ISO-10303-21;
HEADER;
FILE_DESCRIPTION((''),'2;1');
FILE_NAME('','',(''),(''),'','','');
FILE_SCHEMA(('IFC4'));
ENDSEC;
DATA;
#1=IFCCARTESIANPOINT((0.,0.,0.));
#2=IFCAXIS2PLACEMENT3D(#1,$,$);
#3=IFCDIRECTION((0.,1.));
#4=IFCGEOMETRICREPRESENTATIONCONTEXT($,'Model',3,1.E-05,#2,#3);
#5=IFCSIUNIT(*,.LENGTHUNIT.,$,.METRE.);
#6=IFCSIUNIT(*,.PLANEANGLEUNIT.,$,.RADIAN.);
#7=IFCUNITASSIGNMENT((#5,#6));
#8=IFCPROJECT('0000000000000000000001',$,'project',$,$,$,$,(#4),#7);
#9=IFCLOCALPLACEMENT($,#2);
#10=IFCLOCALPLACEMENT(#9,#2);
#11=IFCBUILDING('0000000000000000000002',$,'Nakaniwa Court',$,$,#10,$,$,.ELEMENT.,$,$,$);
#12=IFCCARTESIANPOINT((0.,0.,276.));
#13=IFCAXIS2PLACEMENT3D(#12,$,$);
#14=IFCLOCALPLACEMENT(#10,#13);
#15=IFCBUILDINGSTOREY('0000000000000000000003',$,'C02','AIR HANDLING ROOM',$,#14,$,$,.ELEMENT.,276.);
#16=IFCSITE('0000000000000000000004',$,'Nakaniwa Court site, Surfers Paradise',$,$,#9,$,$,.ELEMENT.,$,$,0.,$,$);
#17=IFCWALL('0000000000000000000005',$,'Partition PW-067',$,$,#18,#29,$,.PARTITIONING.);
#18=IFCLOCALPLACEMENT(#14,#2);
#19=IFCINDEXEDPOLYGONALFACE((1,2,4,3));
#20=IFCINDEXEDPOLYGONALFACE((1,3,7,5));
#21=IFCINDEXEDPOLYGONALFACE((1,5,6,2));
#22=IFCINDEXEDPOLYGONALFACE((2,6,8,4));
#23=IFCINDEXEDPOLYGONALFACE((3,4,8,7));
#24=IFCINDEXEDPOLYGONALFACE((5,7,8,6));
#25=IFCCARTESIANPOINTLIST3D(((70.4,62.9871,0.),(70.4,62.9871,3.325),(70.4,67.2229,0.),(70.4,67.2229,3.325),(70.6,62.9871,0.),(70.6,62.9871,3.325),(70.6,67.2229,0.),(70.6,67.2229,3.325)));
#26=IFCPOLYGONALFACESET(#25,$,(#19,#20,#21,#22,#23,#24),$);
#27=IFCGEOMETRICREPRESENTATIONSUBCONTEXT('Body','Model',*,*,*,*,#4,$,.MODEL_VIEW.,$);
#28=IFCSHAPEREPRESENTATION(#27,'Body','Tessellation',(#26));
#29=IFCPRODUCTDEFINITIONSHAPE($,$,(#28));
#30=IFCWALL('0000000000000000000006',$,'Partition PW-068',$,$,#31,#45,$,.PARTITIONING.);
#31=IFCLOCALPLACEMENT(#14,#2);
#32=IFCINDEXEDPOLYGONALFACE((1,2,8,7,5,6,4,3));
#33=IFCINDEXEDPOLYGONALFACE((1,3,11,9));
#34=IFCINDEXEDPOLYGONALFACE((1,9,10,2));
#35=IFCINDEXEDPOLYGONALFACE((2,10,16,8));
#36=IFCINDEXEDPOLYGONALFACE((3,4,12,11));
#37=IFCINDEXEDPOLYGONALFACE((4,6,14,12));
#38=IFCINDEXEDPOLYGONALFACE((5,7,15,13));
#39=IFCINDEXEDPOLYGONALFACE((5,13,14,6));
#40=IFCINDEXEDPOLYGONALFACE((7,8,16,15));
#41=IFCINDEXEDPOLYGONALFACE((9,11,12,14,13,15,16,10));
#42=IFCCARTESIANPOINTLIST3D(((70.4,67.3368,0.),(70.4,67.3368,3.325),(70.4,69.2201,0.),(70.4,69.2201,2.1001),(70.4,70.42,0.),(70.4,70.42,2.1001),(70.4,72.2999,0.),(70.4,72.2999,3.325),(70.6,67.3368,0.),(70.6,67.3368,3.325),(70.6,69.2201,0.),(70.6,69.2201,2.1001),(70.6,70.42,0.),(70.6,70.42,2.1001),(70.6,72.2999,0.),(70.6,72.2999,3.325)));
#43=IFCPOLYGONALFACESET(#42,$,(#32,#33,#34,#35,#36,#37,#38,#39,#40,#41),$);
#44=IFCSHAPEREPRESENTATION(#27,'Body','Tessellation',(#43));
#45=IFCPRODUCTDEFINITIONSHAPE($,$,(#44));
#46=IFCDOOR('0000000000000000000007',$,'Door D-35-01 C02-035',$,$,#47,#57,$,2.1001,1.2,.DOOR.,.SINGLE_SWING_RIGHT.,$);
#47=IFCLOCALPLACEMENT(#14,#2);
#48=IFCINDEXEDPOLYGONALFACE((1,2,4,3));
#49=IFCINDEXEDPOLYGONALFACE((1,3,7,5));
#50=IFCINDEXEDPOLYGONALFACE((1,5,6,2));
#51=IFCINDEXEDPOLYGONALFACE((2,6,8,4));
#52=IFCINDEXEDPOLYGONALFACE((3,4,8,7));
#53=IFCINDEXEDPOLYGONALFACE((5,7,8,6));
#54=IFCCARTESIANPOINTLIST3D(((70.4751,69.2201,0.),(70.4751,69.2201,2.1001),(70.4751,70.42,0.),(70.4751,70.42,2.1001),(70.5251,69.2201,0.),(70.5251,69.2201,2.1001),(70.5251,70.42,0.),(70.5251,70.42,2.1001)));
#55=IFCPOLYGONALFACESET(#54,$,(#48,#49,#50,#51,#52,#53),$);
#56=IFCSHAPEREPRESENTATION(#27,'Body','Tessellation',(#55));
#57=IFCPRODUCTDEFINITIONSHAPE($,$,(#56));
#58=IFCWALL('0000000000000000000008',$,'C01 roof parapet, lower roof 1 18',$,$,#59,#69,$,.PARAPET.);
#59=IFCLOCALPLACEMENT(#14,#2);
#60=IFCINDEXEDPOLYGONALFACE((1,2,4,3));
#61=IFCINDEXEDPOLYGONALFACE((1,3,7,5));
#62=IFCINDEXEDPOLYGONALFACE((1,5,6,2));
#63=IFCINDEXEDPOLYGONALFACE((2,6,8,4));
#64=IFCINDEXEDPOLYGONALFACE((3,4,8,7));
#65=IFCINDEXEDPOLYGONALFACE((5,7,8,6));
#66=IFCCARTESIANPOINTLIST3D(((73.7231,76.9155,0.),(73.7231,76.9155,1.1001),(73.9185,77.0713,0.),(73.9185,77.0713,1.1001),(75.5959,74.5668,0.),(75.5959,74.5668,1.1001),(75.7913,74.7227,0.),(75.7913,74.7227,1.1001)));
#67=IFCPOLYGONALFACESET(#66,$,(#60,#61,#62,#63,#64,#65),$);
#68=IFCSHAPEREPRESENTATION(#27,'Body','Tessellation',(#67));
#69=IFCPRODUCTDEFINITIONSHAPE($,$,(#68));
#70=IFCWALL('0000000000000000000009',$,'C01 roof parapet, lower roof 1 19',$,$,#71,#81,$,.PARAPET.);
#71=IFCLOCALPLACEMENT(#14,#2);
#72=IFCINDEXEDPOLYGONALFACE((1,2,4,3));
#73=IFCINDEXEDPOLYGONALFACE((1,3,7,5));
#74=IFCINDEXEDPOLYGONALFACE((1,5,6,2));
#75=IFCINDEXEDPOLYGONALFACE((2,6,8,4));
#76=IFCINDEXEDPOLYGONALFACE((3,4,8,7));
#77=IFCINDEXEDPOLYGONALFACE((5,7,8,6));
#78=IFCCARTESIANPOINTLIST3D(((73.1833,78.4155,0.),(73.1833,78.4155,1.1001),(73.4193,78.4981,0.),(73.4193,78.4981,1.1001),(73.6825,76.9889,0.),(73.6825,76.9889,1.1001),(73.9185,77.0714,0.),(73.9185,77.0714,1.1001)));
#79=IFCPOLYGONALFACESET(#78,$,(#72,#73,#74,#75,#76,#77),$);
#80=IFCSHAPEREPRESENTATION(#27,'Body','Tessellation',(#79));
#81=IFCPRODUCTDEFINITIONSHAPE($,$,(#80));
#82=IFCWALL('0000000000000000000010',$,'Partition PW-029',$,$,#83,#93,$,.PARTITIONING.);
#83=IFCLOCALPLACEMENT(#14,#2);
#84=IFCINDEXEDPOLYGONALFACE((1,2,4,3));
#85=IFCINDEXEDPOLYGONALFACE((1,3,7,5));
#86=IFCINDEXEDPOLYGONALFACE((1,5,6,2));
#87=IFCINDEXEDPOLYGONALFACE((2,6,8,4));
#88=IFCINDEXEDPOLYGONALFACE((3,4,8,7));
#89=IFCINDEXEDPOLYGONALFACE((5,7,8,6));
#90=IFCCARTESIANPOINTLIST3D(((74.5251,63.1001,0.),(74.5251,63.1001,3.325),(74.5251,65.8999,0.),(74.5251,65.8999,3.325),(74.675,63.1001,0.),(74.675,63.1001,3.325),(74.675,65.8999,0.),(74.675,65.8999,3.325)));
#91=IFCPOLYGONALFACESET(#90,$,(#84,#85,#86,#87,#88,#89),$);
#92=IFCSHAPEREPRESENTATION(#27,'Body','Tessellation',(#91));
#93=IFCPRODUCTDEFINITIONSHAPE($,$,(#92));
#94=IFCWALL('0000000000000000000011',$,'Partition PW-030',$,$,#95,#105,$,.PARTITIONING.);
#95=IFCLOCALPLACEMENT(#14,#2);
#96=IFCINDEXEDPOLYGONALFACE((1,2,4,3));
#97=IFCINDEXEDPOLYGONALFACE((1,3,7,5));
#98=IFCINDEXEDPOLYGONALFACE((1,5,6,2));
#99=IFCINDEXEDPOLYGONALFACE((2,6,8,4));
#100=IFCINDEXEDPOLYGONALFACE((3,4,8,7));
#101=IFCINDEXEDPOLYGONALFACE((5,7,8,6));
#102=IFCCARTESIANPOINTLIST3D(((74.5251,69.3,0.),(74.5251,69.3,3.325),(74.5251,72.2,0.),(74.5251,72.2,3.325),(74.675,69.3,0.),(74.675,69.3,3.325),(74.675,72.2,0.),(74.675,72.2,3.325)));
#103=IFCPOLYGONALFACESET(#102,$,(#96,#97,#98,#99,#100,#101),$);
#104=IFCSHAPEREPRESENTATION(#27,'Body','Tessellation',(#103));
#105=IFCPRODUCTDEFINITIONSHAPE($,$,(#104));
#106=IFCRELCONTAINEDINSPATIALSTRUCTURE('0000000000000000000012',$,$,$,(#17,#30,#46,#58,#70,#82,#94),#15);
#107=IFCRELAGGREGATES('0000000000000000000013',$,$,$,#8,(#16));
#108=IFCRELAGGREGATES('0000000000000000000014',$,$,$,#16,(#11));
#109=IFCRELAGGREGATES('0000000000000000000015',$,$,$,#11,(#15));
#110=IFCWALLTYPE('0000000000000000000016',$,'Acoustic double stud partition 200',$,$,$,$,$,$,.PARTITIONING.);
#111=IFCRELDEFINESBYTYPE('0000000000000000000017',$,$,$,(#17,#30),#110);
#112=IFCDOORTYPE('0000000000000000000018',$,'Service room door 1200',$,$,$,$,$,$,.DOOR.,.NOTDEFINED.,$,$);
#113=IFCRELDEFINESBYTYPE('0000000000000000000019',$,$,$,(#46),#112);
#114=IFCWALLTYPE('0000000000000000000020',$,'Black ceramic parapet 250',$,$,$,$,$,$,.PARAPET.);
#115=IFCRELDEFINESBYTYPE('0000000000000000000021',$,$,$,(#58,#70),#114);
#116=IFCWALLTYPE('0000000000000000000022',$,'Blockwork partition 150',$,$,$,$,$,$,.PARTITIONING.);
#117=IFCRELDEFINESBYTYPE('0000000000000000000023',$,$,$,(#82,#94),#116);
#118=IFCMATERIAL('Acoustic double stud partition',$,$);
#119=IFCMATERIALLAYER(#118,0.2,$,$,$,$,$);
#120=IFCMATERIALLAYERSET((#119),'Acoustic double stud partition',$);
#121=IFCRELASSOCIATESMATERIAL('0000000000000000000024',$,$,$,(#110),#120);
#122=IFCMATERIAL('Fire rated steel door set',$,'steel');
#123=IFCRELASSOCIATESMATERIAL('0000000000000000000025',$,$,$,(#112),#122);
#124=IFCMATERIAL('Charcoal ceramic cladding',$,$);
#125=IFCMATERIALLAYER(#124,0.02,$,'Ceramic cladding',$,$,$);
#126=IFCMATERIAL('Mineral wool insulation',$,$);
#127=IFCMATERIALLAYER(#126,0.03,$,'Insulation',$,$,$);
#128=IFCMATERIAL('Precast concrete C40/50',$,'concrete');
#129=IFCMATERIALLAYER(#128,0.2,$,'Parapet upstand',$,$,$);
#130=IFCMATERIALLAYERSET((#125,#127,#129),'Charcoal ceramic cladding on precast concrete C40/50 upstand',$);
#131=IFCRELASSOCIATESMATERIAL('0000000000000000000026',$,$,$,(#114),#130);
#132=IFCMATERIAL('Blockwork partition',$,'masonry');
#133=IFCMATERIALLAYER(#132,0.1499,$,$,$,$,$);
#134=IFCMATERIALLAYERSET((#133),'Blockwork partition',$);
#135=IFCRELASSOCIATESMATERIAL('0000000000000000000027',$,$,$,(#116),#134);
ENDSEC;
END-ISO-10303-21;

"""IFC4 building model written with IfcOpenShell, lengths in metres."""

from ifc_helpers import new_model, si_unit, direction, frame, frame_2d, origin, place, context, subcontext, project, spatial, rectangle, extrude, material, layer, layer_set, type_object, element, fill, save


model = new_model("IFC4")

# Units and contexts
model_context = context("Model", 3, precision=1e-05, world=origin(), true_north=direction((0.0, 1.0)))
body_context = subcontext(model_context, "Body", "Model", "MODEL_VIEW")
ifc_project = project(units=[si_unit("LENGTHUNIT", "METRE"), si_unit("PLANEANGLEUNIT", "RADIAN")], contexts=[model_context])

# Site, building, storey
site_placement = place(None, origin())
site = spatial("IfcSite", under=ifc_project, at=site_placement, Name="Nakaniwa Court site, Surfers Paradise", CompositionType="ELEMENT", RefElevation=0.0)
building_placement = place(site_placement, origin())
building = spatial("IfcBuilding", under=site, at=building_placement, Name="Nakaniwa Court", CompositionType="ELEMENT")
storey_placement = place(building_placement, frame((0.0, 0.0, 276.0)))
storey = spatial("IfcBuildingStorey", under=building, at=storey_placement, Name="C02", Description="AIR HANDLING ROOM", CompositionType="ELEMENT", Elevation=276.0)

# Wall
ifc_material_1 = material(Name="Acoustic double stud partition")
ifc_layer_1 = layer(ifc_material_1, 0.2)
ifc_layer_set_1 = layer_set([ifc_layer_1], Name="Acoustic double stud partition")
wall_type_1 = type_object("IfcWallType", Name="Acoustic double stud partition 200", PredefinedType="PARTITIONING", material=ifc_layer_set_1)
wall_1_placement = place(storey_placement, frame((70.5, 62.9871, 0.0), z_axis=(0.0, 0.0, 1.0), x_axis=(0.0, 1.0, 0.0)))
element("IfcWall", 1, at=wall_1_placement, inside=storey, type_object=wall_type_1, Name="Partition PW-067", PredefinedType="PARTITIONING", context=body_context, shape_type="SweptSolid", body=[
    extrude(rectangle(XDim=4.2358, YDim=0.2, at=frame_2d((2.1179, 0.0))), origin(), (0.0, 0.0, 1.0), 3.325),
])

# Wall, opening, door
wall_2_placement = place(storey_placement, frame((70.5, 67.3369, 0.0), z_axis=(0.0, 0.0, 1.0), x_axis=(0.0, 1.0, 0.0)))
wall_2 = element("IfcWall", 2, at=wall_2_placement, inside=storey, type_object=wall_type_1, Name="Partition PW-068", PredefinedType="PARTITIONING", context=body_context, shape_type="SweptSolid", body=[
    extrude(rectangle(XDim=4.9631, YDim=0.2, at=frame_2d((2.4814, 0.0))), origin(), (0.0, 0.0, 1.0), 3.325),
])
opening_1_placement = place(wall_2_placement, frame((1.8831, 0.0, 0.0)))
opening_1 = element("IfcOpeningElement", 3, at=opening_1_placement, cuts=wall_2, PredefinedType="OPENING", context=body_context, shape_type="SweptSolid", body=[
    extrude(rectangle(XDim=1.2, YDim=2.1001, at=frame_2d((0.6001, 1.05))), frame((0.0, 0.1099, 0.0), z_axis=(0.0, -1.0, 0.0), x_axis=(1.0, 0.0, 0.0)), (0.0, 0.0, 1.0), 0.22),
])
ifc_material_2 = material(Name="Fire rated steel door set", Category="steel")
door_type_1 = type_object("IfcDoorType", Name="Service room door 1200", OperationType="NOTDEFINED", PredefinedType="DOOR", material=ifc_material_2)
door_1_placement = place(opening_1_placement, origin())
door_1 = element("IfcDoor", 4, at=door_1_placement, inside=storey, type_object=door_type_1, Name="Door D-35-01 C02-035", OperationType="SINGLE_SWING_RIGHT", OverallHeight=2.1001, OverallWidth=1.2, PredefinedType="DOOR", context=body_context, shape_type="SweptSolid", body=[
    extrude(rectangle(XDim=1.2, YDim=2.1001, at=frame_2d((0.6001, 1.05))), frame((0.0, 0.0249, 0.0), z_axis=(0.0, -1.0, 0.0), x_axis=(1.0, 0.0, 0.0)), (0.0, 0.0, 1.0), 0.05),
])
fill(opening_1, door_1)

# Walls
ifc_material_3 = material(Name="Charcoal ceramic cladding")
ifc_layer_2 = layer(ifc_material_3, 0.02, Name="Ceramic cladding")
ifc_material_4 = material(Name="Mineral wool insulation")
ifc_layer_3 = layer(ifc_material_4, 0.03, Name="Insulation")
ifc_material_5 = material(Name="Precast concrete C40/50", Category="concrete")
ifc_layer_4 = layer(ifc_material_5, 0.2, Name="Parapet upstand")
ifc_layer_set_2 = layer_set([ifc_layer_2, ifc_layer_3, ifc_layer_4], Name="Charcoal ceramic cladding on precast concrete C40/50 upstand")
wall_type_2 = type_object("IfcWallType", Name="Black ceramic parapet 250", PredefinedType="PARAPET", material=ifc_layer_set_2)
wall_3_placement = place(storey_placement, frame((75.6936, 74.6448, 0.0), z_axis=(0.0, 0.0, 1.0), x_axis=(-0.623455, 0.781859, 0.0)))
element("IfcWall", 5, at=wall_3_placement, inside=storey, type_object=wall_type_2, Name="C01 roof parapet, lower roof 1 18", PredefinedType="PARAPET", context=body_context, shape_type="SweptSolid", body=[
    extrude(rectangle(XDim=3.0039, YDim=0.25, at=frame_2d((1.502, 0.0))), origin(), (0.0, 0.0, 1.0), 1.1001),
])
wall_4_placement = place(storey_placement, frame((73.8005, 77.03, 0.0), z_axis=(0.0, 0.0, 1.0), x_axis=(-0.330293, 0.943878, 0.0)))
element("IfcWall", 6, at=wall_4_placement, inside=storey, type_object=wall_type_2, Name="C01 roof parapet, lower roof 1 19", PredefinedType="PARAPET", context=body_context, shape_type="SweptSolid", body=[
    extrude(rectangle(XDim=1.5115, YDim=0.25, at=frame_2d((0.7559, 0.0))), origin(), (0.0, 0.0, 1.0), 1.1001),
])
ifc_material_6 = material(Name="Blockwork partition", Category="masonry")
ifc_layer_5 = layer(ifc_material_6, 0.1499)
ifc_layer_set_3 = layer_set([ifc_layer_5], Name="Blockwork partition")
wall_type_3 = type_object("IfcWallType", Name="Blockwork partition 150", PredefinedType="PARTITIONING", material=ifc_layer_set_3)
wall_5_placement = place(storey_placement, frame((74.6001, 63.1001, 0.0), z_axis=(0.0, 0.0, 1.0), x_axis=(0.0, 1.0, 0.0)))
element("IfcWall", 7, at=wall_5_placement, inside=storey, type_object=wall_type_3, Name="Partition PW-029", PredefinedType="PARTITIONING", context=body_context, shape_type="SweptSolid", body=[
    extrude(rectangle(XDim=2.7998, YDim=0.1499, at=frame_2d((1.3999, 0.0))), origin(), (0.0, 0.0, 1.0), 3.325),
])
wall_6_placement = place(storey_placement, frame((74.6001, 69.3, 0.0), z_axis=(0.0, 0.0, 1.0), x_axis=(0.0, 1.0, 0.0)))
element("IfcWall", 8, at=wall_6_placement, inside=storey, type_object=wall_type_3, Name="Partition PW-030", PredefinedType="PARTITIONING", context=body_context, shape_type="SweptSolid", body=[
    extrude(rectangle(XDim=2.8999, YDim=0.1499, at=frame_2d((1.45, 0.0))), origin(), (0.0, 0.0, 1.0), 3.325),
])

save(model, "model.ifc")
